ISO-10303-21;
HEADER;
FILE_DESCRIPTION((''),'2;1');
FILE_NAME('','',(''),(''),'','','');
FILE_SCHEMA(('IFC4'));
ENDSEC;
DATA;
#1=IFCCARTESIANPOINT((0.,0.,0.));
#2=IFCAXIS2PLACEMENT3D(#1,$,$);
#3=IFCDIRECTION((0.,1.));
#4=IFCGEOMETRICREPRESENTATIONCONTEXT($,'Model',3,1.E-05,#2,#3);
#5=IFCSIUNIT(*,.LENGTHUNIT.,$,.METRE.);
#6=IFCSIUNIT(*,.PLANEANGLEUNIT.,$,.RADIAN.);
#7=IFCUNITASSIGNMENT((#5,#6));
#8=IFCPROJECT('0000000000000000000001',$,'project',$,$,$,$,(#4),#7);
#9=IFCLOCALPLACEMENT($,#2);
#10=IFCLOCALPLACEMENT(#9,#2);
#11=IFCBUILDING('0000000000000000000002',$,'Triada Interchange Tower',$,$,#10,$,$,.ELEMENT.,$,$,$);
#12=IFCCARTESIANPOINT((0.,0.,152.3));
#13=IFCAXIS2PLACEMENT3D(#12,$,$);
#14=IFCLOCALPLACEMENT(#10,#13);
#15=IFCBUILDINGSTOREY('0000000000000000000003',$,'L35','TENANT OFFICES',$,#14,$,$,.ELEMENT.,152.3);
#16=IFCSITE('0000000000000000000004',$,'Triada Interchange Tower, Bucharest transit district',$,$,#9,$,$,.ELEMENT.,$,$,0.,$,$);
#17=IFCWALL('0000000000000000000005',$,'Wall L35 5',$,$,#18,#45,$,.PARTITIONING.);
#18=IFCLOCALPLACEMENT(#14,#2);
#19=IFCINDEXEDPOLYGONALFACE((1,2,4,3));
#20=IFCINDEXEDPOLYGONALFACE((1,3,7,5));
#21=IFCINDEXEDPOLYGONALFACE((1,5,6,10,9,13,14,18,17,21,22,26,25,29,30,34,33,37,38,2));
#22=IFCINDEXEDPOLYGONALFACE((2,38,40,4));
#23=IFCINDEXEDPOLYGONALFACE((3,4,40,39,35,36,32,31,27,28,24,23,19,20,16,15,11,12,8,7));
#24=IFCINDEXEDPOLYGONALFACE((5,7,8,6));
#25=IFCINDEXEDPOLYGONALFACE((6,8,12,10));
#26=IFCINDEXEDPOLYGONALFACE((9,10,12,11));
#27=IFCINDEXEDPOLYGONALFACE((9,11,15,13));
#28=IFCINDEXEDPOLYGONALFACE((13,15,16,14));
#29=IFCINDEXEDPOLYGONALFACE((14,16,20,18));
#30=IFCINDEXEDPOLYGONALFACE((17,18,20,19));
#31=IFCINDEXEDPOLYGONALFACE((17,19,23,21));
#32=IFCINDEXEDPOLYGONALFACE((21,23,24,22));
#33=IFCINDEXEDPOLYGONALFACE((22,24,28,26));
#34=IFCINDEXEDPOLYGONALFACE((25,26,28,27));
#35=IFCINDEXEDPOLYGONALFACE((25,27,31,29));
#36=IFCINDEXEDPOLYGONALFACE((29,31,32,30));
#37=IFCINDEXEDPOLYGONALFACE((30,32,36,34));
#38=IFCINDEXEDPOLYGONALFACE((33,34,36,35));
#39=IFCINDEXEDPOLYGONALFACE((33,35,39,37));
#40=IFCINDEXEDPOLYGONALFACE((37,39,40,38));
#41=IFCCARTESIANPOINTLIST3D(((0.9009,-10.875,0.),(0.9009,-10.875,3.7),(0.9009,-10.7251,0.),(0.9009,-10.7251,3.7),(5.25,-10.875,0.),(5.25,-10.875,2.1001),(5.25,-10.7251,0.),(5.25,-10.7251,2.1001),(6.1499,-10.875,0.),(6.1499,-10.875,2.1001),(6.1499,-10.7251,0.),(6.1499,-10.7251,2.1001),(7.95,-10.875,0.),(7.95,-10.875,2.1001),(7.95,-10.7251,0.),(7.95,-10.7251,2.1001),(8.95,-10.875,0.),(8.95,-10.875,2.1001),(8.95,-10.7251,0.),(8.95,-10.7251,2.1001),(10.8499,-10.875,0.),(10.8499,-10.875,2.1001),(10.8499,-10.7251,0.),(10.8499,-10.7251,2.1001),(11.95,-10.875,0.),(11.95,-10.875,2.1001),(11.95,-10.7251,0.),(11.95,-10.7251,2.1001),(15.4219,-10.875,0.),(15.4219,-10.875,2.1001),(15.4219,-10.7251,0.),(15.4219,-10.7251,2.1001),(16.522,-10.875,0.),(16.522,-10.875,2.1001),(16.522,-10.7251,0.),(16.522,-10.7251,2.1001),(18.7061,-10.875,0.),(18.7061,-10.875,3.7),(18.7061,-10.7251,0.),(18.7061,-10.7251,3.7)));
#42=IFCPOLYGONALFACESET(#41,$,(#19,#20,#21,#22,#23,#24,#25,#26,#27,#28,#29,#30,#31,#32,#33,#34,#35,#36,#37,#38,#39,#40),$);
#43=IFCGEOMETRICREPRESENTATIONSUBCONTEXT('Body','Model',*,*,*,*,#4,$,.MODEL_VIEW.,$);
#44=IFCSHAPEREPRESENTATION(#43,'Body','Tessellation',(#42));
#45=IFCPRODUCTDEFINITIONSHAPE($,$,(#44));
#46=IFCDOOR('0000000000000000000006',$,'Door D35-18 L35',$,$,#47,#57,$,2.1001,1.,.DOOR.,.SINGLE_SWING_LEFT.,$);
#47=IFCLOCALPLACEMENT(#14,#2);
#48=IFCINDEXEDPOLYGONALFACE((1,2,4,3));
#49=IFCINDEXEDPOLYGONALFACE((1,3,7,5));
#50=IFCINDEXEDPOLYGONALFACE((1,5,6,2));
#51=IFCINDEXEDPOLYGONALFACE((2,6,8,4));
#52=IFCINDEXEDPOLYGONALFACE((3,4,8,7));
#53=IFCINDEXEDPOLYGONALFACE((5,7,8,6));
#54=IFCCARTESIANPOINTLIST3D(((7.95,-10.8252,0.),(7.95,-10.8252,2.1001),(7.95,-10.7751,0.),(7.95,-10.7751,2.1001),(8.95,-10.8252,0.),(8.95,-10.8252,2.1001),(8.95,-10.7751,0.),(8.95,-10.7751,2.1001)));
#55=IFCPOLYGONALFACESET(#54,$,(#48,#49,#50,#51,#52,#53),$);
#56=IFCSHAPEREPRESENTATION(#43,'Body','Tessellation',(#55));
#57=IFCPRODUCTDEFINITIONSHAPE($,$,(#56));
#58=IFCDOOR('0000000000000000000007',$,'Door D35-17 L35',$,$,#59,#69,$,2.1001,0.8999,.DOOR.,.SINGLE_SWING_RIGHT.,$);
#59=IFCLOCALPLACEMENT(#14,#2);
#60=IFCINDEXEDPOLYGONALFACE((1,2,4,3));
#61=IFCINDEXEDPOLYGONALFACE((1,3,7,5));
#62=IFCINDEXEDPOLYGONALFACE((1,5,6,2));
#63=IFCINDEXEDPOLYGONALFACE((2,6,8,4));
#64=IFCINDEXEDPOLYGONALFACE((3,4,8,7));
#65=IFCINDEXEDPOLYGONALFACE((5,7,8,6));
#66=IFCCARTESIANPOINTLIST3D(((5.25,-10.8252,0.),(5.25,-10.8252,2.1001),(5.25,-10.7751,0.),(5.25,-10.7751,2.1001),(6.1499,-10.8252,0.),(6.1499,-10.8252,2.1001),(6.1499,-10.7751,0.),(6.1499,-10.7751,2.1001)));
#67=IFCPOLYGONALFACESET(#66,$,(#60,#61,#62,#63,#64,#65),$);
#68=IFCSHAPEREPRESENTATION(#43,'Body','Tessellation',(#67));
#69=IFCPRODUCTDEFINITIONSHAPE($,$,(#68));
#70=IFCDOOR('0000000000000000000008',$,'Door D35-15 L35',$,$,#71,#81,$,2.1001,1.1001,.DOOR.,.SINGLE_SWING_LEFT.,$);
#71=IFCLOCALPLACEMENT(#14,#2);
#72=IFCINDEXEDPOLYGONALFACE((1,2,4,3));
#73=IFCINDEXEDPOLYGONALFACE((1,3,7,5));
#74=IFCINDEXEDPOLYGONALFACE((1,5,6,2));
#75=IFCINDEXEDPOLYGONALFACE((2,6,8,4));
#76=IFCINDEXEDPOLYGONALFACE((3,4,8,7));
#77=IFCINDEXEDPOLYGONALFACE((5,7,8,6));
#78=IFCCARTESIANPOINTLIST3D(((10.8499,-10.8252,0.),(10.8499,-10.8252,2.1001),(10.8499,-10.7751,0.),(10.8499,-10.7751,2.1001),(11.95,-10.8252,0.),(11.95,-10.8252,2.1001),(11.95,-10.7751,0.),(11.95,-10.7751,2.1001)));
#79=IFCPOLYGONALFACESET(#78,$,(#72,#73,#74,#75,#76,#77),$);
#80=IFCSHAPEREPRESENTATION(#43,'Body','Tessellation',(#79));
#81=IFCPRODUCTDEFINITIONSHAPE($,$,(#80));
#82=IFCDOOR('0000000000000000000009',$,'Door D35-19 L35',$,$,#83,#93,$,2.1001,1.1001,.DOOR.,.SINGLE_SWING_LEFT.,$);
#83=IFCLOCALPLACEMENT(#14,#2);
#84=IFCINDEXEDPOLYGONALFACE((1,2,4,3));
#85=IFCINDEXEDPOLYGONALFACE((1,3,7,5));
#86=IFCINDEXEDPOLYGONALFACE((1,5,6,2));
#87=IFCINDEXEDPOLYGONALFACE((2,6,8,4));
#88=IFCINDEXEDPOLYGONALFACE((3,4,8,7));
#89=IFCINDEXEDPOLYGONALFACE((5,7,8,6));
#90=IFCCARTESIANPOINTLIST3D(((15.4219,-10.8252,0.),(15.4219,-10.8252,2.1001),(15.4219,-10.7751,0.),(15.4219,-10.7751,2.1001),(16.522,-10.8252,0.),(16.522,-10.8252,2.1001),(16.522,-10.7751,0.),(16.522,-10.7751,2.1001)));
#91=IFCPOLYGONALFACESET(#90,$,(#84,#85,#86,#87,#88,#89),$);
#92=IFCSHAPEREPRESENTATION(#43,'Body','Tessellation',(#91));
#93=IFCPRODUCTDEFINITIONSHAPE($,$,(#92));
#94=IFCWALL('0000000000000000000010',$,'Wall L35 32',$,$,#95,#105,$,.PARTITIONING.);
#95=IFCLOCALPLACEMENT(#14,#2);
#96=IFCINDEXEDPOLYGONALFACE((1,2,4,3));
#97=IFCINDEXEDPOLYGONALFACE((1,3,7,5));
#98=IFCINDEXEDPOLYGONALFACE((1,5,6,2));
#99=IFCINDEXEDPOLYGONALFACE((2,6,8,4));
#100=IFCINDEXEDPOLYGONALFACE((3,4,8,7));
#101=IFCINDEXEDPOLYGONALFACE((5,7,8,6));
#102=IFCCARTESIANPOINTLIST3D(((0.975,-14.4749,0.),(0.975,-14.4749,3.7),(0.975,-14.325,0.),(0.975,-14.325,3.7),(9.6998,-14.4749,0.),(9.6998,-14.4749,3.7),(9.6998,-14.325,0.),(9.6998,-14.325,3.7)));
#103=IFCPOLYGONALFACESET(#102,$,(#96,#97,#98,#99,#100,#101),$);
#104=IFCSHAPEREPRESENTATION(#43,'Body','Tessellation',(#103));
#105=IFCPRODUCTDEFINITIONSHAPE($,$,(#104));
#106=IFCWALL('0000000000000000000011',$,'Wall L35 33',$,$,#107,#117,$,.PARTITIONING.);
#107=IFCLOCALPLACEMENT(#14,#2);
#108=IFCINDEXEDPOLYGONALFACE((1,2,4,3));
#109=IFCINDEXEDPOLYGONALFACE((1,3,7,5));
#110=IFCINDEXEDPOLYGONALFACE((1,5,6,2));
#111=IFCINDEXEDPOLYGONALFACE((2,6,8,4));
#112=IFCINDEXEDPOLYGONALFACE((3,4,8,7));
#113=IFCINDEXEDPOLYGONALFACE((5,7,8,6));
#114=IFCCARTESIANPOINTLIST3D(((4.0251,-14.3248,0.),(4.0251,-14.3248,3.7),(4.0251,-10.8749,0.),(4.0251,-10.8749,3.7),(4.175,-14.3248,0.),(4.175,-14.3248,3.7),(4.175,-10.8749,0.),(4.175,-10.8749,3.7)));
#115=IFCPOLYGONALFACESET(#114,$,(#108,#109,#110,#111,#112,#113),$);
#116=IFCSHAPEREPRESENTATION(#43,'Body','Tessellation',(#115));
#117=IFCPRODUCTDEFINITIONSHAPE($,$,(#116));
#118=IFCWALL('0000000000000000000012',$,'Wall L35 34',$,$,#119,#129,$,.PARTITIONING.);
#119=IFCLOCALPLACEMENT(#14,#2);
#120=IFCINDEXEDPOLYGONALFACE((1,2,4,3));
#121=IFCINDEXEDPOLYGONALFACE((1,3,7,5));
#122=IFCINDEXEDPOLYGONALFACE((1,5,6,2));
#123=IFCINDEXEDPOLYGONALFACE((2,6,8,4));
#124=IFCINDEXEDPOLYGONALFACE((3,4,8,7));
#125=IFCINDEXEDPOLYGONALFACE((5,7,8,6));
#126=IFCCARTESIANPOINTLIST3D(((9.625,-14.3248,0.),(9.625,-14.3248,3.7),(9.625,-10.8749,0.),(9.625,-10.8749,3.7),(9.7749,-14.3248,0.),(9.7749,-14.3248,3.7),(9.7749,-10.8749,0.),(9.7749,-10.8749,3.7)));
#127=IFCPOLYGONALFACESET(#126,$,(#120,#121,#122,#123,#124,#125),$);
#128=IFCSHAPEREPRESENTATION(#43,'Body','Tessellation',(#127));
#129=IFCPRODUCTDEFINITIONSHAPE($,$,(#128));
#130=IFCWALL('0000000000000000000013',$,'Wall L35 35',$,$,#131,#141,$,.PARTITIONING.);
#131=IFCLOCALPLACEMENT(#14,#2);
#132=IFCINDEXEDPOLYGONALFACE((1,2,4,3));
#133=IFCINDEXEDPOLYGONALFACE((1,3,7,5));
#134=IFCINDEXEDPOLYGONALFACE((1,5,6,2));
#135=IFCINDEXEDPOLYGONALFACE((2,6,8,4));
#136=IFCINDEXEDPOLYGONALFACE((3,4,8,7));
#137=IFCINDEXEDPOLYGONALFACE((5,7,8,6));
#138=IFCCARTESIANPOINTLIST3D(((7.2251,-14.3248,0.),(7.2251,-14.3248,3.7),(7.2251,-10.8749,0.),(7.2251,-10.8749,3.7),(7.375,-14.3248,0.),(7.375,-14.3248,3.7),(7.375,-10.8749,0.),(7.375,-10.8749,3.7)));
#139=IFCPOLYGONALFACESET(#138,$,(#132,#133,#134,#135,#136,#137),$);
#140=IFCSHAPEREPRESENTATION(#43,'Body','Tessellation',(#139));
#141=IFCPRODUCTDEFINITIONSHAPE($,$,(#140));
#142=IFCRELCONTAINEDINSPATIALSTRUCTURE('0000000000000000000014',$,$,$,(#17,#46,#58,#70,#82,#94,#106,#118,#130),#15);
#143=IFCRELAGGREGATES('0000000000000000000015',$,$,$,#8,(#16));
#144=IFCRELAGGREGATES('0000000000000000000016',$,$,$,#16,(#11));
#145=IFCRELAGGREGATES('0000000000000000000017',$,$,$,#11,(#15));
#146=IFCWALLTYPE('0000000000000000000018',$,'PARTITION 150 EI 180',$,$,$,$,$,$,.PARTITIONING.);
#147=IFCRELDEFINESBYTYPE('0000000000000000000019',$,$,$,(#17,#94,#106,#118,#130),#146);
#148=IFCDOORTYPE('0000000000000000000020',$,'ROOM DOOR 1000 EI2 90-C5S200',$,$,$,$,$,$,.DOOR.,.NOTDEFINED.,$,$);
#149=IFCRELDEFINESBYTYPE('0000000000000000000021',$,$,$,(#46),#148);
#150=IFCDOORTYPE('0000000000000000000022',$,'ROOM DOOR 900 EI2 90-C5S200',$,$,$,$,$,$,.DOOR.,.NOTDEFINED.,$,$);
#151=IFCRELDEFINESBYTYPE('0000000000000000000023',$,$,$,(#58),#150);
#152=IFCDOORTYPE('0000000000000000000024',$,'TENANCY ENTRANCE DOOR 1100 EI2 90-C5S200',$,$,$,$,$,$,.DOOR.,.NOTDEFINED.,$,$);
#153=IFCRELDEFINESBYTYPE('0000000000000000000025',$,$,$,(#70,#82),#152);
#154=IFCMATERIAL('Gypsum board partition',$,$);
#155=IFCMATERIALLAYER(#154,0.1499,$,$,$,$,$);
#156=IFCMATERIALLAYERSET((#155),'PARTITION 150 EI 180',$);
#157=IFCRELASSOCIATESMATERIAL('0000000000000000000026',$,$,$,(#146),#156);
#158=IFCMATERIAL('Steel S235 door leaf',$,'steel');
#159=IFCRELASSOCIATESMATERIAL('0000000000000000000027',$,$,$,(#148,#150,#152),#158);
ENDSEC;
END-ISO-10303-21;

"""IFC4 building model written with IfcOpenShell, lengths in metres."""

from ifc_helpers import new_model, si_unit, direction, frame, frame_2d, origin, place, context, subcontext, project, spatial, rectangle, extrude, material, layer, layer_set, type_object, element, fill, save


model = new_model("IFC4")

# Units and contexts
model_context = context("Model", 3, precision=1e-05, world=origin(), true_north=direction((0.0, 1.0)))
body_context = subcontext(model_context, "Body", "Model", "MODEL_VIEW")
ifc_project = project(units=[si_unit("LENGTHUNIT", "METRE"), si_unit("PLANEANGLEUNIT", "RADIAN")], contexts=[model_context])

# Site, building, storey
site_placement = place(None, origin())
site = spatial("IfcSite", under=ifc_project, at=site_placement, Name="Triada Interchange Tower, Bucharest transit district", CompositionType="ELEMENT", RefElevation=0.0)
building_placement = place(site_placement, origin())
building = spatial("IfcBuilding", under=site, at=building_placement, Name="Triada Interchange Tower", CompositionType="ELEMENT")
storey_placement = place(building_placement, frame((0.0, 0.0, 152.3)))
storey = spatial("IfcBuildingStorey", under=building, at=storey_placement, Name="L35", Description="TENANT OFFICES", CompositionType="ELEMENT", Elevation=152.3)

# Shared definitions
ifc_material_1 = material(Name="Steel S235 door leaf", Category="steel")

# Wall, openings, doors
ifc_material_2 = material(Name="Gypsum board partition")
ifc_layer_1 = layer(ifc_material_2, 0.1499)
ifc_layer_set_1 = layer_set([ifc_layer_1], Name="PARTITION 150 EI 180")
wall_type_1 = type_object("IfcWallType", Name="PARTITION 150 EI 180", PredefinedType="PARTITIONING", material=ifc_layer_set_1)
wall_1_placement = place(storey_placement, frame((0.9009, -10.8, 0.0), z_axis=(0.0, 0.0, 1.0), x_axis=(1.0, 0.0, 0.0)))
wall_1 = element("IfcWall", 1, at=wall_1_placement, inside=storey, type_object=wall_type_1, Name="Wall L35 5", PredefinedType="PARTITIONING", context=body_context, shape_type="SweptSolid", body=[
    extrude(rectangle(XDim=17.8052, YDim=0.1499, at=frame_2d((8.9026, 0.0))), origin(), (0.0, 0.0, 1.0), 3.7),
])
opening_1_placement = place(wall_1_placement, frame((9.949, 0.0, 0.0)))
opening_1 = element("IfcOpeningElement", 2, at=opening_1_placement, cuts=wall_1, PredefinedType="OPENING", context=body_context, shape_type="SweptSolid", body=[
    extrude(rectangle(XDim=1.1001, YDim=2.1001, at=frame_2d((0.55, 1.05))), frame((0.0, 0.085, 0.0), z_axis=(0.0, -1.0, 0.0), x_axis=(1.0, 0.0, 0.0)), (0.0, 0.0, 1.0), 0.1699),
])
opening_2_placement = place(wall_1_placement, frame((4.3491, 0.0, 0.0)))
opening_2 = element("IfcOpeningElement", 3, at=opening_2_placement, cuts=wall_1, PredefinedType="OPENING", context=body_context, shape_type="SweptSolid", body=[
    extrude(rectangle(XDim=0.8999, YDim=2.1001, at=frame_2d((0.45, 1.05))), frame((0.0, 0.085, 0.0), z_axis=(0.0, -1.0, 0.0), x_axis=(1.0, 0.0, 0.0)), (0.0, 0.0, 1.0), 0.1699),
])
opening_3_placement = place(wall_1_placement, frame((7.0491, 0.0, 0.0)))
opening_3 = element("IfcOpeningElement", 4, at=opening_3_placement, cuts=wall_1, PredefinedType="OPENING", context=body_context, shape_type="SweptSolid", body=[
    extrude(rectangle(XDim=1.0, YDim=2.1001, at=frame_2d((0.5, 1.05))), frame((0.0, 0.085, 0.0), z_axis=(0.0, -1.0, 0.0), x_axis=(1.0, 0.0, 0.0)), (0.0, 0.0, 1.0), 0.1699),
])
opening_4_placement = place(wall_1_placement, frame((14.521, 0.0, 0.0)))
opening_4 = element("IfcOpeningElement", 5, at=opening_4_placement, cuts=wall_1, PredefinedType="OPENING", context=body_context, shape_type="SweptSolid", body=[
    extrude(rectangle(XDim=1.1001, YDim=2.1001, at=frame_2d((0.55, 1.05))), frame((0.0, 0.085, 0.0), z_axis=(0.0, -1.0, 0.0), x_axis=(1.0, 0.0, 0.0)), (0.0, 0.0, 1.0), 0.1699),
])
door_type_1 = type_object("IfcDoorType", Name="ROOM DOOR 1000 EI2 90-C5S200", OperationType="NOTDEFINED", PredefinedType="DOOR", material=ifc_material_1)
door_1_placement = place(opening_3_placement, origin())
door_1 = element("IfcDoor", 6, at=door_1_placement, inside=storey, type_object=door_type_1, Name="Door D35-18 L35", OperationType="SINGLE_SWING_LEFT", OverallHeight=2.1001, OverallWidth=1.0, PredefinedType="DOOR", context=body_context, shape_type="SweptSolid", body=[
    extrude(rectangle(XDim=1.0, YDim=2.1001, at=frame_2d((0.5, 1.05))), frame((0.0, 0.0249, 0.0), z_axis=(0.0, -1.0, 0.0), x_axis=(1.0, 0.0, 0.0)), (0.0, 0.0, 1.0), 0.05),
])
fill(opening_3, door_1)
door_type_2 = type_object("IfcDoorType", Name="ROOM DOOR 900 EI2 90-C5S200", OperationType="NOTDEFINED", PredefinedType="DOOR", material=ifc_material_1)
door_2_placement = place(opening_2_placement, origin())
door_2 = element("IfcDoor", 7, at=door_2_placement, inside=storey, type_object=door_type_2, Name="Door D35-17 L35", OperationType="SINGLE_SWING_RIGHT", OverallHeight=2.1001, OverallWidth=0.8999, PredefinedType="DOOR", context=body_context, shape_type="SweptSolid", body=[
    extrude(rectangle(XDim=0.8999, YDim=2.1001, at=frame_2d((0.45, 1.05))), frame((0.0, 0.0249, 0.0), z_axis=(0.0, -1.0, 0.0), x_axis=(1.0, 0.0, 0.0)), (0.0, 0.0, 1.0), 0.05),
])
fill(opening_2, door_2)
door_type_3 = type_object("IfcDoorType", Name="TENANCY ENTRANCE DOOR 1100 EI2 90-C5S200", OperationType="NOTDEFINED", PredefinedType="DOOR", material=ifc_material_1)
door_3_placement = place(opening_1_placement, origin())
door_3 = element("IfcDoor", 8, at=door_3_placement, inside=storey, type_object=door_type_3, Name="Door D35-15 L35", OperationType="SINGLE_SWING_LEFT", OverallHeight=2.1001, OverallWidth=1.1001, PredefinedType="DOOR", context=body_context, shape_type="SweptSolid", body=[
    extrude(rectangle(XDim=1.1001, YDim=2.1001, at=frame_2d((0.55, 1.05))), frame((0.0, 0.0249, 0.0), z_axis=(0.0, -1.0, 0.0), x_axis=(1.0, 0.0, 0.0)), (0.0, 0.0, 1.0), 0.05),
])
fill(opening_1, door_3)
door_4_placement = place(opening_4_placement, origin())
door_4 = element("IfcDoor", 9, at=door_4_placement, inside=storey, type_object=door_type_3, Name="Door D35-19 L35", OperationType="SINGLE_SWING_LEFT", OverallHeight=2.1001, OverallWidth=1.1001, PredefinedType="DOOR", context=body_context, shape_type="SweptSolid", body=[
    extrude(rectangle(XDim=1.1001, YDim=2.1001, at=frame_2d((0.55, 1.05))), frame((0.0, 0.0249, 0.0), z_axis=(0.0, -1.0, 0.0), x_axis=(1.0, 0.0, 0.0)), (0.0, 0.0, 1.0), 0.05),
])
fill(opening_4, door_4)

# Walls
wall_2_placement = place(storey_placement, frame((0.9751, -14.3999, 0.0), z_axis=(0.0, 0.0, 1.0), x_axis=(1.0, 0.0, 0.0)))
element("IfcWall", 10, at=wall_2_placement, inside=storey, type_object=wall_type_1, Name="Wall L35 32", PredefinedType="PARTITIONING", context=body_context, shape_type="SweptSolid", body=[
    extrude(rectangle(XDim=8.7249, YDim=0.1499, at=frame_2d((4.3623, 0.0))), origin(), (0.0, 0.0, 1.0), 3.7),
])
for number, where, z_axis, x_axis, name in (
    (11, (4.1001, -14.325, 0.0), (0.0, 0.0, 1.0), (0.0, 1.0, 0.0), "Wall L35 33"),
    (12, (9.7, -14.325, 0.0), (0.0, 0.0, 1.0), (0.0, 1.0, 0.0), "Wall L35 34"),
    (13, (7.3, -14.325, 0.0), (0.0, 0.0, 1.0), (0.0, 1.0, 0.0), "Wall L35 35"),
):
    element("IfcWall", number, at=place(storey_placement, frame(where, z_axis=z_axis, x_axis=x_axis)), inside=storey, type_object=wall_type_1, Name=name, PredefinedType="PARTITIONING", context=body_context, shape_type="SweptSolid", body=[
        extrude(rectangle(XDim=3.45, YDim=0.1499, at=frame_2d((1.7251, 0.0))), origin(), (0.0, 0.0, 1.0), 3.7),
    ])

save(model, "model.ifc")
